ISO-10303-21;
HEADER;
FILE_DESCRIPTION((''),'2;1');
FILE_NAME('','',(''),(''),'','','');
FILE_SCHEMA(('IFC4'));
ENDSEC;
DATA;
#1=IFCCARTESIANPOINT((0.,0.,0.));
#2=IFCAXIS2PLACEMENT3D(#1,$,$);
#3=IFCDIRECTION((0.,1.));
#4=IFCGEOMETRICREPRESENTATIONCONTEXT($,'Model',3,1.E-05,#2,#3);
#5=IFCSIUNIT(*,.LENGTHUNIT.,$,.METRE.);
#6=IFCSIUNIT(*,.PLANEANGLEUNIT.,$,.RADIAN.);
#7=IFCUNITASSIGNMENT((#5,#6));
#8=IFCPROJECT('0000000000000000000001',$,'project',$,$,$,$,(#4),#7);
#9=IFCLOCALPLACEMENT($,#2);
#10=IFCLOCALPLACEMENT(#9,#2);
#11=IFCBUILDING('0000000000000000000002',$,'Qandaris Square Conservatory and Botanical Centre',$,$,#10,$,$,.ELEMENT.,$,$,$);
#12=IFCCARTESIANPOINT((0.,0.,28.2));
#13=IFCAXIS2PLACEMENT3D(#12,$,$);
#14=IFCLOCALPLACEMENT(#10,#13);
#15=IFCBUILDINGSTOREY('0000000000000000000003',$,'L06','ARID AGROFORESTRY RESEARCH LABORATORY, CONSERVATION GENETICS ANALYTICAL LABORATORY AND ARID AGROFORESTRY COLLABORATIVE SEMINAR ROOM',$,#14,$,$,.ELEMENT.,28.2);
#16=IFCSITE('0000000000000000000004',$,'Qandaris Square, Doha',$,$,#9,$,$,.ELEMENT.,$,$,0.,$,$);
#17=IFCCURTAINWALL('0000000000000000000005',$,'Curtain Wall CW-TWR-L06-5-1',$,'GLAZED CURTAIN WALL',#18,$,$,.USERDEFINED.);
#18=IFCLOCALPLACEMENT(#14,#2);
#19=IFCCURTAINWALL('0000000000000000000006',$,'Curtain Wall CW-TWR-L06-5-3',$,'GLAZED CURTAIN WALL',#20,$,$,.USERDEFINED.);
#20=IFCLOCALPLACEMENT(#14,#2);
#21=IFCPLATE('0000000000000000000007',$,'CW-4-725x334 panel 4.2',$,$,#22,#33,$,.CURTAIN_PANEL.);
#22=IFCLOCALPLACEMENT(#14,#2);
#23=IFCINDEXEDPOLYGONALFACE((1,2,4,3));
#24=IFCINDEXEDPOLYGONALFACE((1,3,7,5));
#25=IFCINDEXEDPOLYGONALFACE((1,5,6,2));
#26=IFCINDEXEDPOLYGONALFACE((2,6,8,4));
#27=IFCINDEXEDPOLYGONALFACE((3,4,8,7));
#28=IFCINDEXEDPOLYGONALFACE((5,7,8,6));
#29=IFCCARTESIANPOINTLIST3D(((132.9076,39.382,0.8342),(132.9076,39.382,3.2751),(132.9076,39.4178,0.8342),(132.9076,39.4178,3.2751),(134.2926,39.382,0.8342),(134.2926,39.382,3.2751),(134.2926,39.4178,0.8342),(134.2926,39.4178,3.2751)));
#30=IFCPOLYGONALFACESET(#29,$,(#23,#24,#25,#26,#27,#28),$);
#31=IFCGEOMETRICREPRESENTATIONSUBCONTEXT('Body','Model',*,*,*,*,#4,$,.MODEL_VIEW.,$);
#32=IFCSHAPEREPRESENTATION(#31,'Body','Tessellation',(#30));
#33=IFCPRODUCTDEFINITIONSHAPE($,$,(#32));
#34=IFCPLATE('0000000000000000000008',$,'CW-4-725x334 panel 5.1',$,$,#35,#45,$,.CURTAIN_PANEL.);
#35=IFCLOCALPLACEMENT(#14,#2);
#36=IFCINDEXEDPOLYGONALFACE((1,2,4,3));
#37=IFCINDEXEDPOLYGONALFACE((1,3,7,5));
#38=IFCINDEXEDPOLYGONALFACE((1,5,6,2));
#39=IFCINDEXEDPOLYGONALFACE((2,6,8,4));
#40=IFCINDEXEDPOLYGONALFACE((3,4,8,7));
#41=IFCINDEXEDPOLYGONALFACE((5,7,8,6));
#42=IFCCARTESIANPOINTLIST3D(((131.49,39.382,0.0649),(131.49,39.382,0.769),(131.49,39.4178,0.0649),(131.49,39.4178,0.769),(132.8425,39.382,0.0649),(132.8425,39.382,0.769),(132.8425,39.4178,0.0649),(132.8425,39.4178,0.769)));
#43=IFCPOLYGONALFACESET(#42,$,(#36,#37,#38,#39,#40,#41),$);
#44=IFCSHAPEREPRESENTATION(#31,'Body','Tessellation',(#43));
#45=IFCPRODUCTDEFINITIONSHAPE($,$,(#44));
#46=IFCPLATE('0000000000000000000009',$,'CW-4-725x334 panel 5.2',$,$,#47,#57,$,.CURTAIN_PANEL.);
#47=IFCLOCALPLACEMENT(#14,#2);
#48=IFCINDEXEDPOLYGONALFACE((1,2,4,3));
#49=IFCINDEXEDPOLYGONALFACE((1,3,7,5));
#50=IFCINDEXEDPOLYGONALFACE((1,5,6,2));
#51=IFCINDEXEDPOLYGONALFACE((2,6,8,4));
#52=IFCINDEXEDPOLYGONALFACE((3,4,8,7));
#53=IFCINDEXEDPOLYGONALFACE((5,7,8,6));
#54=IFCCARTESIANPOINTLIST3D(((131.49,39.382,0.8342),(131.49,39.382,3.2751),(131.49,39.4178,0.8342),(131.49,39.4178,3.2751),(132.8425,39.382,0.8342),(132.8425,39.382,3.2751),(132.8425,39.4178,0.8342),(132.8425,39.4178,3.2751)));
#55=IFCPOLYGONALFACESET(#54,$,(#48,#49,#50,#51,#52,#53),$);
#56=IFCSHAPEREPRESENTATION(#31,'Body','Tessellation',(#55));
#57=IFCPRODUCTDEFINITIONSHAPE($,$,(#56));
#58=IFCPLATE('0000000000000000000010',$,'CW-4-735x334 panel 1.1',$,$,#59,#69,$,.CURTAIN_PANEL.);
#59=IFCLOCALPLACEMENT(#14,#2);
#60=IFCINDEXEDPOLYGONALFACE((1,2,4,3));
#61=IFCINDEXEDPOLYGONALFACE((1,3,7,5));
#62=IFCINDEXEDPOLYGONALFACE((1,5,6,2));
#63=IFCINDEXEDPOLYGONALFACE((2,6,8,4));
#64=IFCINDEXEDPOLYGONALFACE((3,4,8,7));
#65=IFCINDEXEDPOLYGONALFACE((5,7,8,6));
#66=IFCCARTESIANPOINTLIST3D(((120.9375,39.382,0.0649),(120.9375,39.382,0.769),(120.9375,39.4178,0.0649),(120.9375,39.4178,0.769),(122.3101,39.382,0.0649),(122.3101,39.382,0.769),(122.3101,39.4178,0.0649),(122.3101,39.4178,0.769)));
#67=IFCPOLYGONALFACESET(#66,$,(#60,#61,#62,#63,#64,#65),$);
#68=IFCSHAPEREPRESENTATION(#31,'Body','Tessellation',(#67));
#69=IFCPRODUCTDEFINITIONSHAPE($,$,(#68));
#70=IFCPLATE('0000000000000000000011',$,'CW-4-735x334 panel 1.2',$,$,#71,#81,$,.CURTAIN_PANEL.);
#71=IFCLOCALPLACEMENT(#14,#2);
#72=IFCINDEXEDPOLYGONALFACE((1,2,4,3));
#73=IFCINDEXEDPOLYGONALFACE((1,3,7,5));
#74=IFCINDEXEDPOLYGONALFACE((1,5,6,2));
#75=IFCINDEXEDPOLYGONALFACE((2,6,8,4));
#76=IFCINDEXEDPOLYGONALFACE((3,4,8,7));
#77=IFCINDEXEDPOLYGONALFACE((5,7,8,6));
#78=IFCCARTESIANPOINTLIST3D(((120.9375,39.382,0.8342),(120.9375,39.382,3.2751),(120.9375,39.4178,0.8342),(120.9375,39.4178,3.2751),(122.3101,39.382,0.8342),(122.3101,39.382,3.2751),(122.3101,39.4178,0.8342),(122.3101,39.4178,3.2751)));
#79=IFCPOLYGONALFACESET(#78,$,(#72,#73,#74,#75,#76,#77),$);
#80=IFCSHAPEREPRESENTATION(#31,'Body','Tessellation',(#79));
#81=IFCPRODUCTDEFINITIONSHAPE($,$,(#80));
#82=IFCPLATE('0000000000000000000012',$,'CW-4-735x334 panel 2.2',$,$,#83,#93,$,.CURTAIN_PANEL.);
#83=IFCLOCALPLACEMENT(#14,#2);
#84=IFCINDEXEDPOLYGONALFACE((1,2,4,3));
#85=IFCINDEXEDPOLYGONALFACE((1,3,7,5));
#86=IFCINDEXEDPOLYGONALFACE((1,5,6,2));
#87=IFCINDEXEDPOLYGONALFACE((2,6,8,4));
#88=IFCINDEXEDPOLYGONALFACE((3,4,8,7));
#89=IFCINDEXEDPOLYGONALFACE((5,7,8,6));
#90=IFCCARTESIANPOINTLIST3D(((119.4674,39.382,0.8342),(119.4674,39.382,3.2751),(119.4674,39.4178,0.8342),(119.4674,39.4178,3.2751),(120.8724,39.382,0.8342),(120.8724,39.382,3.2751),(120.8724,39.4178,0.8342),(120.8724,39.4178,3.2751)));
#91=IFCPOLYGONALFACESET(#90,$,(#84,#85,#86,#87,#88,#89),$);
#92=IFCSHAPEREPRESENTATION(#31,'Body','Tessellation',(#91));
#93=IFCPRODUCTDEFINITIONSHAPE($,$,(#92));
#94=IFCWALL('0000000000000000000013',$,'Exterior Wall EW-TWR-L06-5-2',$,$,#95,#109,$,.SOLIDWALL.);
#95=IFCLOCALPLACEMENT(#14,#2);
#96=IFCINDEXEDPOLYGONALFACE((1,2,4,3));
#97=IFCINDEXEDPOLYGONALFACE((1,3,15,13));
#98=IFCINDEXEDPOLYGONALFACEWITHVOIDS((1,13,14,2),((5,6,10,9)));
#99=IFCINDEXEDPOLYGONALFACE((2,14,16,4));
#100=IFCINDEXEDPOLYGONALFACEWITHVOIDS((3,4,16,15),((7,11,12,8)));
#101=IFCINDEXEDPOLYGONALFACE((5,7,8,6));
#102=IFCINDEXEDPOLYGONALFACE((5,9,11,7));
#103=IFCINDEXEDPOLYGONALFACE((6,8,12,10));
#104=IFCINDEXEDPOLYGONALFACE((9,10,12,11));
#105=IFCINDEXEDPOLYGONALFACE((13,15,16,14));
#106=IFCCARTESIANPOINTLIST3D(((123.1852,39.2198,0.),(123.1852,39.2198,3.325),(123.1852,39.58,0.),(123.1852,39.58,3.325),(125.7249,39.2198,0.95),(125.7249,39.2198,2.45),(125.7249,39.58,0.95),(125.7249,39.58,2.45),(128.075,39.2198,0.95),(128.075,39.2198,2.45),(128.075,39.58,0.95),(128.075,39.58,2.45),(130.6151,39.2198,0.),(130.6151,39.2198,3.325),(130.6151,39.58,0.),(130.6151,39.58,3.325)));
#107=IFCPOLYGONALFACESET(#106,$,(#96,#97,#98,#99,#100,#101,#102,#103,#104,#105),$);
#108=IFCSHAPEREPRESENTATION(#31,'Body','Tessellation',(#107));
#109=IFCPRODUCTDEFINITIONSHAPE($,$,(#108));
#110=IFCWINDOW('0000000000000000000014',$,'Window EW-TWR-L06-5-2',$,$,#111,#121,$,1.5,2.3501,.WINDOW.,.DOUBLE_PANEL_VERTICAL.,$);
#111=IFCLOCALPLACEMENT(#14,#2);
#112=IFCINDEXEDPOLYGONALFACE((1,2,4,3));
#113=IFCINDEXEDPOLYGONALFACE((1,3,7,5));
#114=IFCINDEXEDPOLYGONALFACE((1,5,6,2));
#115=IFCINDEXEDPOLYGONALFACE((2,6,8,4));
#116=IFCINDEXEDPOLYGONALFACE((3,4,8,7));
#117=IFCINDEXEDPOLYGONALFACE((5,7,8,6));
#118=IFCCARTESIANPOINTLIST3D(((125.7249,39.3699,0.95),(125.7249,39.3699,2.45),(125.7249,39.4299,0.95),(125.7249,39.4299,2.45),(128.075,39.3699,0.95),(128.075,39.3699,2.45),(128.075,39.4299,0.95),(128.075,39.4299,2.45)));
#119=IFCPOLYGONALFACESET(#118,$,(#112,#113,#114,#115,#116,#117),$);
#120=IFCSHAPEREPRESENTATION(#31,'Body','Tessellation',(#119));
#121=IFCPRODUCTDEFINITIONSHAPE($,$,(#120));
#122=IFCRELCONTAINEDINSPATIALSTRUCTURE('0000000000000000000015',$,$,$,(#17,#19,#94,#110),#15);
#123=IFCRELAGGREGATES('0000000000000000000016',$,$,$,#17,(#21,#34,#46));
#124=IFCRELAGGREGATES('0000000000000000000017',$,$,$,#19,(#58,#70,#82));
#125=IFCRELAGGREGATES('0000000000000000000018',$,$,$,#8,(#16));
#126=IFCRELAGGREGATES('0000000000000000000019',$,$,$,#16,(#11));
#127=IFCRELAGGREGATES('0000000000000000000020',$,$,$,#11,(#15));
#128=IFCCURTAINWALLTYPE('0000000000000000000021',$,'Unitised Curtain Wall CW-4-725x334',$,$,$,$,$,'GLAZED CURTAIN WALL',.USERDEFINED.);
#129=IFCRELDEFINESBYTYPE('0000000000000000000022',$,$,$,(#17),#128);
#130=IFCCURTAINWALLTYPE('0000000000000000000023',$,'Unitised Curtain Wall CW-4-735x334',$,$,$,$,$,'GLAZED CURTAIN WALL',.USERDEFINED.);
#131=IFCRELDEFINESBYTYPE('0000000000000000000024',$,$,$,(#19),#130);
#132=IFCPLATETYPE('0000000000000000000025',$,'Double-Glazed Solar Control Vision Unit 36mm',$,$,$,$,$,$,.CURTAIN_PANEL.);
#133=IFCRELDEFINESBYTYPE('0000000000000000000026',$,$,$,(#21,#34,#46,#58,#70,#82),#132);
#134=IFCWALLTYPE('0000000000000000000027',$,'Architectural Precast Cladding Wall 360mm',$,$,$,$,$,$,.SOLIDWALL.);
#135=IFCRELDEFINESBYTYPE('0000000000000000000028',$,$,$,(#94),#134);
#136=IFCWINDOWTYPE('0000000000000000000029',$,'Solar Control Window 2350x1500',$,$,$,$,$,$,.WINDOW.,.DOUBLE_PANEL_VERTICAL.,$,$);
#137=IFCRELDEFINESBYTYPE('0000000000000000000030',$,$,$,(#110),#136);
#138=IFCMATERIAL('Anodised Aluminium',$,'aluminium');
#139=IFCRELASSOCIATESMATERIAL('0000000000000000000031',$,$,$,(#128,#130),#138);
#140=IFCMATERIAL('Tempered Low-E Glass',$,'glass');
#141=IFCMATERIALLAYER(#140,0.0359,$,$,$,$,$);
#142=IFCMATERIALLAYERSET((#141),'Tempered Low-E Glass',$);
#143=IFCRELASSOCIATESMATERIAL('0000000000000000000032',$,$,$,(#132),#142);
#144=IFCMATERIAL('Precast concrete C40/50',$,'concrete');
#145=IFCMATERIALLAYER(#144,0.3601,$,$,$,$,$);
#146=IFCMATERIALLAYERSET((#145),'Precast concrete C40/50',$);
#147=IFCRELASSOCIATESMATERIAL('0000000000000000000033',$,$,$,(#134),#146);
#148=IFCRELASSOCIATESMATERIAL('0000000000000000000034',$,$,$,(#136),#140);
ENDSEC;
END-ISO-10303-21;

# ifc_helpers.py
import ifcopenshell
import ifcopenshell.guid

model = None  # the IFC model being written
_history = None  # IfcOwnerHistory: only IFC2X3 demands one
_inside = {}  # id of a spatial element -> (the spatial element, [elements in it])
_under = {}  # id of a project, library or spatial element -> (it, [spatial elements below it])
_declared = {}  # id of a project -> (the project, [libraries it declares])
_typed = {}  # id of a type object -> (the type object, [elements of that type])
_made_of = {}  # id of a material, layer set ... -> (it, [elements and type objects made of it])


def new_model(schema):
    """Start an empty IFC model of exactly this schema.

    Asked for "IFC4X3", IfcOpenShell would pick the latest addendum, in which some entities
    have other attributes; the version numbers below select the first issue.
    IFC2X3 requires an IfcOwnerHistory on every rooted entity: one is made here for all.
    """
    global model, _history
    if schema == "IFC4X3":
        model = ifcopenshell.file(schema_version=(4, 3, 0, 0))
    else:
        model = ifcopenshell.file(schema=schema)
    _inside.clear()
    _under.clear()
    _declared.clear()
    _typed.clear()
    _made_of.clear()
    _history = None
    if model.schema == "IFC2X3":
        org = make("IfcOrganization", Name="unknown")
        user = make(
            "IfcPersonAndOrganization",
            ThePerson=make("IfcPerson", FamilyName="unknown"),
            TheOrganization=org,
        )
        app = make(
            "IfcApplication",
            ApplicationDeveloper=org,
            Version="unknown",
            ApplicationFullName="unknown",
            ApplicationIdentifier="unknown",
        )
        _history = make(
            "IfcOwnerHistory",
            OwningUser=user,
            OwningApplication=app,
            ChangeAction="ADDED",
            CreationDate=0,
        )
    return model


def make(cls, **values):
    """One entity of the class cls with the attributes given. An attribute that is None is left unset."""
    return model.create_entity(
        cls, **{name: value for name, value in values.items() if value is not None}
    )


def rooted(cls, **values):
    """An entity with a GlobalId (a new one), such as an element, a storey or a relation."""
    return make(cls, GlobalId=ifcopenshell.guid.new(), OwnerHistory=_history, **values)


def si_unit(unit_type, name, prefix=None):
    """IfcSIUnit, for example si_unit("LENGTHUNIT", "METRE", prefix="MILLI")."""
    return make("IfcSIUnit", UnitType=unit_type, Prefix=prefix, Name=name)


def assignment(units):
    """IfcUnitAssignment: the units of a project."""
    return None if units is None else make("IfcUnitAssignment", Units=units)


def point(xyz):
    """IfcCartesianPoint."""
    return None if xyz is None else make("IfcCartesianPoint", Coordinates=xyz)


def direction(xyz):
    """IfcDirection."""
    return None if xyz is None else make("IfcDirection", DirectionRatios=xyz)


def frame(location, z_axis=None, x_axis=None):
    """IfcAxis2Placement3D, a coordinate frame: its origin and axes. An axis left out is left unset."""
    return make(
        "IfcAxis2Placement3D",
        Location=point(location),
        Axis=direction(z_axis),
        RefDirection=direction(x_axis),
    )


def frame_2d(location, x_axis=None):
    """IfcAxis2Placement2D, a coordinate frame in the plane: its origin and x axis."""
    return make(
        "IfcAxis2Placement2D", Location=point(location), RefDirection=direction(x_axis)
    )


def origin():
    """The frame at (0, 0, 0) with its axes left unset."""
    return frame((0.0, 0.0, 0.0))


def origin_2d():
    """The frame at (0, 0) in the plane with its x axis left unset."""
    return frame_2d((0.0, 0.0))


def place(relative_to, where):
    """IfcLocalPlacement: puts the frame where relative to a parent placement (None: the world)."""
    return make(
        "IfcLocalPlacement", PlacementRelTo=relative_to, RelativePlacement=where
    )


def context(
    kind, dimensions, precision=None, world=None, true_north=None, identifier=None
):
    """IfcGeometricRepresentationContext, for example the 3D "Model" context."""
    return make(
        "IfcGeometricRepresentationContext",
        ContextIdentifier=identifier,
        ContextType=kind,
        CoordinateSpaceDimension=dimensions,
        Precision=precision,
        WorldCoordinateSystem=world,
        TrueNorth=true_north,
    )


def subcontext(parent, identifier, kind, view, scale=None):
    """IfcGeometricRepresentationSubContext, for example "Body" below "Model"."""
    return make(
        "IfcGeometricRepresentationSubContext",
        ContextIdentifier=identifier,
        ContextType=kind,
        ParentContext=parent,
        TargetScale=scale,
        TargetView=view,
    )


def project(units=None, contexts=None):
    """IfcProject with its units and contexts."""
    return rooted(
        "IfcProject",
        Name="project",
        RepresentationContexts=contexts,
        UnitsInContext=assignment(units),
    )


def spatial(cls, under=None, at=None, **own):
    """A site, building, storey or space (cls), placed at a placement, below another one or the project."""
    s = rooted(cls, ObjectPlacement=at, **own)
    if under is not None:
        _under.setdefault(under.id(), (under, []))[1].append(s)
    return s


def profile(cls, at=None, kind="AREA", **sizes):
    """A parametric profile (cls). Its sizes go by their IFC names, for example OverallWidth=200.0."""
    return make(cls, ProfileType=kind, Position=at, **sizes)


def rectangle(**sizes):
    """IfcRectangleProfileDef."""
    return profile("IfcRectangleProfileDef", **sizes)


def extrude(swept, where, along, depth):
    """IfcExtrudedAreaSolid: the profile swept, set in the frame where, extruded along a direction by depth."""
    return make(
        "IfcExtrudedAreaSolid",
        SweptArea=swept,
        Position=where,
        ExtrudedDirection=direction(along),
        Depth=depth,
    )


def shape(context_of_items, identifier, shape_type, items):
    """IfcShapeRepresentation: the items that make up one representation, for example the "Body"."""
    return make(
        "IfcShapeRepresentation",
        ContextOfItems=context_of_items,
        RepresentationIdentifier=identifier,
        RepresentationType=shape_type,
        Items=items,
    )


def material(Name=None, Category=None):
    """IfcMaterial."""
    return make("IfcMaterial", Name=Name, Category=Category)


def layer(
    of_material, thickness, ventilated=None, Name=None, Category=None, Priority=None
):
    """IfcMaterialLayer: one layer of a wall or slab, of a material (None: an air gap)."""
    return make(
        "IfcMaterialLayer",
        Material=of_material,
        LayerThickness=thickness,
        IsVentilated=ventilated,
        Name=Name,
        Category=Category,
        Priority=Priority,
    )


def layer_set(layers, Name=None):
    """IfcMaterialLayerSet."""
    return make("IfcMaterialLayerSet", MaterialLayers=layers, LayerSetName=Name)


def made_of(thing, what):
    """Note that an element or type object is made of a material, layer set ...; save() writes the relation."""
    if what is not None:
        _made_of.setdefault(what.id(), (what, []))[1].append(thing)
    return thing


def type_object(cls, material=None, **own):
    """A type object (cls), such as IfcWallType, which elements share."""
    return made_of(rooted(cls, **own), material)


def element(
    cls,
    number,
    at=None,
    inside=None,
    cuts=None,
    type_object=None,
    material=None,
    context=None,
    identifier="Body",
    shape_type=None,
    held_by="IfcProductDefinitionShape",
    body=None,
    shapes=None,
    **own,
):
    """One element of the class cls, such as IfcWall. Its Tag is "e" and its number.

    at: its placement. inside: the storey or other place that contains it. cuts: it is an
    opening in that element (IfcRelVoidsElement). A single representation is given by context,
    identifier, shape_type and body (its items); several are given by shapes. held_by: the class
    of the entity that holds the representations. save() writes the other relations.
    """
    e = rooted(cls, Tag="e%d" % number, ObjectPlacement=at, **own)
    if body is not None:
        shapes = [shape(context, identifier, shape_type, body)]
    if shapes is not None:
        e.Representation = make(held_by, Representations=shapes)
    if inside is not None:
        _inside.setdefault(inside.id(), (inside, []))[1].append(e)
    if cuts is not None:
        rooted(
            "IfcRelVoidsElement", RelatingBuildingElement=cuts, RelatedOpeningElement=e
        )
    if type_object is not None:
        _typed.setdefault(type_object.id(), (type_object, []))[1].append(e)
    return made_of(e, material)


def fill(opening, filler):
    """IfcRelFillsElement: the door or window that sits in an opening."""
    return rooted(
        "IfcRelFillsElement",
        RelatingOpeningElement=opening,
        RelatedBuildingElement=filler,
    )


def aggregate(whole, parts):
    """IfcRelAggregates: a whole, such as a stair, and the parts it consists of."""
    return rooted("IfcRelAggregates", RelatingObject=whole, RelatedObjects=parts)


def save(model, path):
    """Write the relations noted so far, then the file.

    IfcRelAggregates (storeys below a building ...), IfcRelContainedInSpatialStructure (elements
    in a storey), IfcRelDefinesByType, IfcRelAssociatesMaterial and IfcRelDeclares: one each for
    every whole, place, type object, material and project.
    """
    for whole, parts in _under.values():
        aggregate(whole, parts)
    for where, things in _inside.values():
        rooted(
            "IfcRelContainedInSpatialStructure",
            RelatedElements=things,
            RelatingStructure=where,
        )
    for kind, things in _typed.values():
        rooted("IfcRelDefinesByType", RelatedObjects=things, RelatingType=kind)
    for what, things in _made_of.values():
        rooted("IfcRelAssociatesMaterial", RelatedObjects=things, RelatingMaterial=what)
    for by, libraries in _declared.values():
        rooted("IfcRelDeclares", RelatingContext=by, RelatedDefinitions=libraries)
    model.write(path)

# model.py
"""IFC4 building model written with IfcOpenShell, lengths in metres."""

from ifc_helpers import new_model, si_unit, direction, frame, frame_2d, origin, origin_2d, place, context, subcontext, project, spatial, rectangle, extrude, material, layer, layer_set, type_object, element, fill, aggregate, save


model = new_model("IFC4")

# Units and contexts
model_context = context("Model", 3, precision=1e-05, world=origin(), true_north=direction((0.0, 1.0)))
body_context = subcontext(model_context, "Body", "Model", "MODEL_VIEW")
ifc_project = project(units=[si_unit("LENGTHUNIT", "METRE"), si_unit("PLANEANGLEUNIT", "RADIAN")], contexts=[model_context])

# Site, building, storey
site_placement = place(None, origin())
site = spatial("IfcSite", under=ifc_project, at=site_placement, Name="Qandaris Square, Doha", CompositionType="ELEMENT", RefElevation=0.0)
building_placement = place(site_placement, origin())
building = spatial("IfcBuilding", under=site, at=building_placement, Name="Qandaris Square Conservatory and Botanical Centre", CompositionType="ELEMENT")
storey_placement = place(building_placement, frame((0.0, 0.0, 28.2)))
storey = spatial("IfcBuildingStorey", under=building, at=storey_placement, Name="L06", Description="ARID AGROFORESTRY RESEARCH LABORATORY, CONSERVATION GENETICS ANALYTICAL LABORATORY AND ARID AGROFORESTRY COLLABORATIVE SEMINAR ROOM", CompositionType="ELEMENT", Elevation=28.2)

# Curtain walls
ifc_material_1 = material(Name="Anodised Aluminium", Category="aluminium")
curtain_wall_type_1 = type_object("IfcCurtainWallType", Name="Unitised Curtain Wall CW-4-725x334", ElementType="GLAZED CURTAIN WALL", PredefinedType="USERDEFINED", material=ifc_material_1)
curtain_wall_1_placement = place(storey_placement, origin())
curtain_wall_1 = element("IfcCurtainWall", 1, at=curtain_wall_1_placement, inside=storey, type_object=curtain_wall_type_1, Name="Curtain Wall CW-TWR-L06-5-1", ObjectType="GLAZED CURTAIN WALL", PredefinedType="USERDEFINED")
curtain_wall_type_2 = type_object("IfcCurtainWallType", Name="Unitised Curtain Wall CW-4-735x334", ElementType="GLAZED CURTAIN WALL", PredefinedType="USERDEFINED", material=ifc_material_1)
curtain_wall_2_placement = place(storey_placement, origin())
curtain_wall_2 = element("IfcCurtainWall", 2, at=curtain_wall_2_placement, inside=storey, type_object=curtain_wall_type_2, Name="Curtain Wall CW-TWR-L06-5-3", ObjectType="GLAZED CURTAIN WALL", PredefinedType="USERDEFINED")

# Plates
ifc_material_2 = material(Name="Tempered Low-E Glass", Category="glass")
ifc_layer_1 = layer(ifc_material_2, 0.0359)
ifc_layer_set_1 = layer_set([ifc_layer_1], Name="Tempered Low-E Glass")
plate_type = type_object("IfcPlateType", Name="Double-Glazed Solar Control Vision Unit 36mm", PredefinedType="CURTAIN_PANEL", material=ifc_layer_set_1)
plate_1_placement = place(storey_placement, frame((133.6001, 39.3999, 0.8342), z_axis=(0.0, 0.0, 1.0), x_axis=(-1.0, 0.0, 0.0)))
plate_1 = element("IfcPlate", 3, at=plate_1_placement, type_object=plate_type, Name="CW-4-725x334 panel 4.2", PredefinedType="CURTAIN_PANEL", context=body_context, shape_type="SweptSolid", body=[
    extrude(rectangle(XDim=1.385, YDim=0.0359, at=origin_2d()), origin(), (0.0, 0.0, 1.0), 2.4409),
])
plate_2_placement = place(storey_placement, frame((132.1663, 39.3999, 0.0649), z_axis=(0.0, 0.0, 1.0), x_axis=(-1.0, 0.0, 0.0)))
plate_2 = element("IfcPlate", 4, at=plate_2_placement, type_object=plate_type, Name="CW-4-725x334 panel 5.1", PredefinedType="CURTAIN_PANEL", context=body_context, shape_type="SweptSolid", body=[
    extrude(rectangle(XDim=1.3525, YDim=0.0359, at=origin_2d()), origin(), (0.0, 0.0, 1.0), 0.7041),
])
plate_3_placement = place(storey_placement, frame((132.1663, 39.3999, 0.8342), z_axis=(0.0, 0.0, 1.0), x_axis=(-1.0, 0.0, 0.0)))
plate_3 = element("IfcPlate", 5, at=plate_3_placement, type_object=plate_type, Name="CW-4-725x334 panel 5.2", PredefinedType="CURTAIN_PANEL", context=body_context, shape_type="SweptSolid", body=[
    extrude(rectangle(XDim=1.3525, YDim=0.0359, at=origin_2d()), origin(), (0.0, 0.0, 1.0), 2.4409),
])
aggregate(curtain_wall_1, [plate_1, plate_2, plate_3])
plate_4_placement = place(storey_placement, frame((121.6238, 39.3999, 0.0649), z_axis=(0.0, 0.0, 1.0), x_axis=(-1.0, 0.0, 0.0)))
plate_4 = element("IfcPlate", 6, at=plate_4_placement, type_object=plate_type, Name="CW-4-735x334 panel 1.1", PredefinedType="CURTAIN_PANEL", context=body_context, shape_type="SweptSolid", body=[
    extrude(rectangle(XDim=1.3726, YDim=0.0359, at=origin_2d()), origin(), (0.0, 0.0, 1.0), 0.7041),
])
plate_5_placement = place(storey_placement, frame((121.6238, 39.3999, 0.8342), z_axis=(0.0, 0.0, 1.0), x_axis=(-1.0, 0.0, 0.0)))
plate_5 = element("IfcPlate", 7, at=plate_5_placement, type_object=plate_type, Name="CW-4-735x334 panel 1.2", PredefinedType="CURTAIN_PANEL", context=body_context, shape_type="SweptSolid", body=[
    extrude(rectangle(XDim=1.3726, YDim=0.0359, at=origin_2d()), origin(), (0.0, 0.0, 1.0), 2.4409),
])
plate_6_placement = place(storey_placement, frame((120.1699, 39.3999, 0.8342), z_axis=(0.0, 0.0, 1.0), x_axis=(-1.0, 0.0, 0.0)))
plate_6 = element("IfcPlate", 8, at=plate_6_placement, type_object=plate_type, Name="CW-4-735x334 panel 2.2", PredefinedType="CURTAIN_PANEL", context=body_context, shape_type="SweptSolid", body=[
    extrude(rectangle(XDim=1.405, YDim=0.0359, at=origin_2d()), origin(), (0.0, 0.0, 1.0), 2.4409),
])
aggregate(curtain_wall_2, [plate_4, plate_5, plate_6])

# Wall, opening, window
ifc_material_3 = material(Name="Precast concrete C40/50", Category="concrete")
ifc_layer_2 = layer(ifc_material_3, 0.3601)
ifc_layer_set_2 = layer_set([ifc_layer_2], Name="Precast concrete C40/50")
wall_type = type_object("IfcWallType", Name="Architectural Precast Cladding Wall 360mm", PredefinedType="SOLIDWALL", material=ifc_layer_set_2)
wall_placement = place(storey_placement, frame((130.615, 39.3999, 0.0), z_axis=(0.0, 0.0, 1.0), x_axis=(-1.0, 0.0, 0.0)))
wall = element("IfcWall", 9, at=wall_placement, inside=storey, type_object=wall_type, Name="Exterior Wall EW-TWR-L06-5-2", PredefinedType="SOLIDWALL", context=body_context, shape_type="SweptSolid", body=[
    extrude(rectangle(XDim=7.4299, YDim=0.3601, at=frame_2d((3.7148, 0.0))), origin(), (0.0, 0.0, 1.0), 3.325),
])
opening_placement = place(wall_placement, frame((2.54, 0.0, 0.95)))
opening = element("IfcOpeningElement", 10, at=opening_placement, cuts=wall, PredefinedType="OPENING", context=body_context, shape_type="SweptSolid", body=[
    extrude(rectangle(XDim=2.3501, YDim=1.5, at=frame_2d((1.175, 0.75))), frame((0.0, 0.1919, 0.0), z_axis=(0.0, -1.0, 0.0), x_axis=(1.0, 0.0, 0.0)), (0.0, 0.0, 1.0), 0.384),
])
window_type = type_object("IfcWindowType", Name="Solar Control Window 2350x1500", PartitioningType="DOUBLE_PANEL_VERTICAL", PredefinedType="WINDOW", material=ifc_material_2)
window_placement = place(opening_placement, origin())
window = element("IfcWindow", 11, at=window_placement, inside=storey, type_object=window_type, Name="Window EW-TWR-L06-5-2", OverallHeight=1.5, OverallWidth=2.3501, PartitioningType="DOUBLE_PANEL_VERTICAL", PredefinedType="WINDOW", context=body_context, shape_type="SweptSolid", body=[
    extrude(rectangle(XDim=2.3501, YDim=1.5, at=frame_2d((1.175, 0.75))), frame((0.0, 0.03, 0.0), z_axis=(0.0, -1.0, 0.0), x_axis=(1.0, 0.0, 0.0)), (0.0, 0.0, 1.0), 0.0601),
])
fill(opening, window)

save(model, "model.ifc")
